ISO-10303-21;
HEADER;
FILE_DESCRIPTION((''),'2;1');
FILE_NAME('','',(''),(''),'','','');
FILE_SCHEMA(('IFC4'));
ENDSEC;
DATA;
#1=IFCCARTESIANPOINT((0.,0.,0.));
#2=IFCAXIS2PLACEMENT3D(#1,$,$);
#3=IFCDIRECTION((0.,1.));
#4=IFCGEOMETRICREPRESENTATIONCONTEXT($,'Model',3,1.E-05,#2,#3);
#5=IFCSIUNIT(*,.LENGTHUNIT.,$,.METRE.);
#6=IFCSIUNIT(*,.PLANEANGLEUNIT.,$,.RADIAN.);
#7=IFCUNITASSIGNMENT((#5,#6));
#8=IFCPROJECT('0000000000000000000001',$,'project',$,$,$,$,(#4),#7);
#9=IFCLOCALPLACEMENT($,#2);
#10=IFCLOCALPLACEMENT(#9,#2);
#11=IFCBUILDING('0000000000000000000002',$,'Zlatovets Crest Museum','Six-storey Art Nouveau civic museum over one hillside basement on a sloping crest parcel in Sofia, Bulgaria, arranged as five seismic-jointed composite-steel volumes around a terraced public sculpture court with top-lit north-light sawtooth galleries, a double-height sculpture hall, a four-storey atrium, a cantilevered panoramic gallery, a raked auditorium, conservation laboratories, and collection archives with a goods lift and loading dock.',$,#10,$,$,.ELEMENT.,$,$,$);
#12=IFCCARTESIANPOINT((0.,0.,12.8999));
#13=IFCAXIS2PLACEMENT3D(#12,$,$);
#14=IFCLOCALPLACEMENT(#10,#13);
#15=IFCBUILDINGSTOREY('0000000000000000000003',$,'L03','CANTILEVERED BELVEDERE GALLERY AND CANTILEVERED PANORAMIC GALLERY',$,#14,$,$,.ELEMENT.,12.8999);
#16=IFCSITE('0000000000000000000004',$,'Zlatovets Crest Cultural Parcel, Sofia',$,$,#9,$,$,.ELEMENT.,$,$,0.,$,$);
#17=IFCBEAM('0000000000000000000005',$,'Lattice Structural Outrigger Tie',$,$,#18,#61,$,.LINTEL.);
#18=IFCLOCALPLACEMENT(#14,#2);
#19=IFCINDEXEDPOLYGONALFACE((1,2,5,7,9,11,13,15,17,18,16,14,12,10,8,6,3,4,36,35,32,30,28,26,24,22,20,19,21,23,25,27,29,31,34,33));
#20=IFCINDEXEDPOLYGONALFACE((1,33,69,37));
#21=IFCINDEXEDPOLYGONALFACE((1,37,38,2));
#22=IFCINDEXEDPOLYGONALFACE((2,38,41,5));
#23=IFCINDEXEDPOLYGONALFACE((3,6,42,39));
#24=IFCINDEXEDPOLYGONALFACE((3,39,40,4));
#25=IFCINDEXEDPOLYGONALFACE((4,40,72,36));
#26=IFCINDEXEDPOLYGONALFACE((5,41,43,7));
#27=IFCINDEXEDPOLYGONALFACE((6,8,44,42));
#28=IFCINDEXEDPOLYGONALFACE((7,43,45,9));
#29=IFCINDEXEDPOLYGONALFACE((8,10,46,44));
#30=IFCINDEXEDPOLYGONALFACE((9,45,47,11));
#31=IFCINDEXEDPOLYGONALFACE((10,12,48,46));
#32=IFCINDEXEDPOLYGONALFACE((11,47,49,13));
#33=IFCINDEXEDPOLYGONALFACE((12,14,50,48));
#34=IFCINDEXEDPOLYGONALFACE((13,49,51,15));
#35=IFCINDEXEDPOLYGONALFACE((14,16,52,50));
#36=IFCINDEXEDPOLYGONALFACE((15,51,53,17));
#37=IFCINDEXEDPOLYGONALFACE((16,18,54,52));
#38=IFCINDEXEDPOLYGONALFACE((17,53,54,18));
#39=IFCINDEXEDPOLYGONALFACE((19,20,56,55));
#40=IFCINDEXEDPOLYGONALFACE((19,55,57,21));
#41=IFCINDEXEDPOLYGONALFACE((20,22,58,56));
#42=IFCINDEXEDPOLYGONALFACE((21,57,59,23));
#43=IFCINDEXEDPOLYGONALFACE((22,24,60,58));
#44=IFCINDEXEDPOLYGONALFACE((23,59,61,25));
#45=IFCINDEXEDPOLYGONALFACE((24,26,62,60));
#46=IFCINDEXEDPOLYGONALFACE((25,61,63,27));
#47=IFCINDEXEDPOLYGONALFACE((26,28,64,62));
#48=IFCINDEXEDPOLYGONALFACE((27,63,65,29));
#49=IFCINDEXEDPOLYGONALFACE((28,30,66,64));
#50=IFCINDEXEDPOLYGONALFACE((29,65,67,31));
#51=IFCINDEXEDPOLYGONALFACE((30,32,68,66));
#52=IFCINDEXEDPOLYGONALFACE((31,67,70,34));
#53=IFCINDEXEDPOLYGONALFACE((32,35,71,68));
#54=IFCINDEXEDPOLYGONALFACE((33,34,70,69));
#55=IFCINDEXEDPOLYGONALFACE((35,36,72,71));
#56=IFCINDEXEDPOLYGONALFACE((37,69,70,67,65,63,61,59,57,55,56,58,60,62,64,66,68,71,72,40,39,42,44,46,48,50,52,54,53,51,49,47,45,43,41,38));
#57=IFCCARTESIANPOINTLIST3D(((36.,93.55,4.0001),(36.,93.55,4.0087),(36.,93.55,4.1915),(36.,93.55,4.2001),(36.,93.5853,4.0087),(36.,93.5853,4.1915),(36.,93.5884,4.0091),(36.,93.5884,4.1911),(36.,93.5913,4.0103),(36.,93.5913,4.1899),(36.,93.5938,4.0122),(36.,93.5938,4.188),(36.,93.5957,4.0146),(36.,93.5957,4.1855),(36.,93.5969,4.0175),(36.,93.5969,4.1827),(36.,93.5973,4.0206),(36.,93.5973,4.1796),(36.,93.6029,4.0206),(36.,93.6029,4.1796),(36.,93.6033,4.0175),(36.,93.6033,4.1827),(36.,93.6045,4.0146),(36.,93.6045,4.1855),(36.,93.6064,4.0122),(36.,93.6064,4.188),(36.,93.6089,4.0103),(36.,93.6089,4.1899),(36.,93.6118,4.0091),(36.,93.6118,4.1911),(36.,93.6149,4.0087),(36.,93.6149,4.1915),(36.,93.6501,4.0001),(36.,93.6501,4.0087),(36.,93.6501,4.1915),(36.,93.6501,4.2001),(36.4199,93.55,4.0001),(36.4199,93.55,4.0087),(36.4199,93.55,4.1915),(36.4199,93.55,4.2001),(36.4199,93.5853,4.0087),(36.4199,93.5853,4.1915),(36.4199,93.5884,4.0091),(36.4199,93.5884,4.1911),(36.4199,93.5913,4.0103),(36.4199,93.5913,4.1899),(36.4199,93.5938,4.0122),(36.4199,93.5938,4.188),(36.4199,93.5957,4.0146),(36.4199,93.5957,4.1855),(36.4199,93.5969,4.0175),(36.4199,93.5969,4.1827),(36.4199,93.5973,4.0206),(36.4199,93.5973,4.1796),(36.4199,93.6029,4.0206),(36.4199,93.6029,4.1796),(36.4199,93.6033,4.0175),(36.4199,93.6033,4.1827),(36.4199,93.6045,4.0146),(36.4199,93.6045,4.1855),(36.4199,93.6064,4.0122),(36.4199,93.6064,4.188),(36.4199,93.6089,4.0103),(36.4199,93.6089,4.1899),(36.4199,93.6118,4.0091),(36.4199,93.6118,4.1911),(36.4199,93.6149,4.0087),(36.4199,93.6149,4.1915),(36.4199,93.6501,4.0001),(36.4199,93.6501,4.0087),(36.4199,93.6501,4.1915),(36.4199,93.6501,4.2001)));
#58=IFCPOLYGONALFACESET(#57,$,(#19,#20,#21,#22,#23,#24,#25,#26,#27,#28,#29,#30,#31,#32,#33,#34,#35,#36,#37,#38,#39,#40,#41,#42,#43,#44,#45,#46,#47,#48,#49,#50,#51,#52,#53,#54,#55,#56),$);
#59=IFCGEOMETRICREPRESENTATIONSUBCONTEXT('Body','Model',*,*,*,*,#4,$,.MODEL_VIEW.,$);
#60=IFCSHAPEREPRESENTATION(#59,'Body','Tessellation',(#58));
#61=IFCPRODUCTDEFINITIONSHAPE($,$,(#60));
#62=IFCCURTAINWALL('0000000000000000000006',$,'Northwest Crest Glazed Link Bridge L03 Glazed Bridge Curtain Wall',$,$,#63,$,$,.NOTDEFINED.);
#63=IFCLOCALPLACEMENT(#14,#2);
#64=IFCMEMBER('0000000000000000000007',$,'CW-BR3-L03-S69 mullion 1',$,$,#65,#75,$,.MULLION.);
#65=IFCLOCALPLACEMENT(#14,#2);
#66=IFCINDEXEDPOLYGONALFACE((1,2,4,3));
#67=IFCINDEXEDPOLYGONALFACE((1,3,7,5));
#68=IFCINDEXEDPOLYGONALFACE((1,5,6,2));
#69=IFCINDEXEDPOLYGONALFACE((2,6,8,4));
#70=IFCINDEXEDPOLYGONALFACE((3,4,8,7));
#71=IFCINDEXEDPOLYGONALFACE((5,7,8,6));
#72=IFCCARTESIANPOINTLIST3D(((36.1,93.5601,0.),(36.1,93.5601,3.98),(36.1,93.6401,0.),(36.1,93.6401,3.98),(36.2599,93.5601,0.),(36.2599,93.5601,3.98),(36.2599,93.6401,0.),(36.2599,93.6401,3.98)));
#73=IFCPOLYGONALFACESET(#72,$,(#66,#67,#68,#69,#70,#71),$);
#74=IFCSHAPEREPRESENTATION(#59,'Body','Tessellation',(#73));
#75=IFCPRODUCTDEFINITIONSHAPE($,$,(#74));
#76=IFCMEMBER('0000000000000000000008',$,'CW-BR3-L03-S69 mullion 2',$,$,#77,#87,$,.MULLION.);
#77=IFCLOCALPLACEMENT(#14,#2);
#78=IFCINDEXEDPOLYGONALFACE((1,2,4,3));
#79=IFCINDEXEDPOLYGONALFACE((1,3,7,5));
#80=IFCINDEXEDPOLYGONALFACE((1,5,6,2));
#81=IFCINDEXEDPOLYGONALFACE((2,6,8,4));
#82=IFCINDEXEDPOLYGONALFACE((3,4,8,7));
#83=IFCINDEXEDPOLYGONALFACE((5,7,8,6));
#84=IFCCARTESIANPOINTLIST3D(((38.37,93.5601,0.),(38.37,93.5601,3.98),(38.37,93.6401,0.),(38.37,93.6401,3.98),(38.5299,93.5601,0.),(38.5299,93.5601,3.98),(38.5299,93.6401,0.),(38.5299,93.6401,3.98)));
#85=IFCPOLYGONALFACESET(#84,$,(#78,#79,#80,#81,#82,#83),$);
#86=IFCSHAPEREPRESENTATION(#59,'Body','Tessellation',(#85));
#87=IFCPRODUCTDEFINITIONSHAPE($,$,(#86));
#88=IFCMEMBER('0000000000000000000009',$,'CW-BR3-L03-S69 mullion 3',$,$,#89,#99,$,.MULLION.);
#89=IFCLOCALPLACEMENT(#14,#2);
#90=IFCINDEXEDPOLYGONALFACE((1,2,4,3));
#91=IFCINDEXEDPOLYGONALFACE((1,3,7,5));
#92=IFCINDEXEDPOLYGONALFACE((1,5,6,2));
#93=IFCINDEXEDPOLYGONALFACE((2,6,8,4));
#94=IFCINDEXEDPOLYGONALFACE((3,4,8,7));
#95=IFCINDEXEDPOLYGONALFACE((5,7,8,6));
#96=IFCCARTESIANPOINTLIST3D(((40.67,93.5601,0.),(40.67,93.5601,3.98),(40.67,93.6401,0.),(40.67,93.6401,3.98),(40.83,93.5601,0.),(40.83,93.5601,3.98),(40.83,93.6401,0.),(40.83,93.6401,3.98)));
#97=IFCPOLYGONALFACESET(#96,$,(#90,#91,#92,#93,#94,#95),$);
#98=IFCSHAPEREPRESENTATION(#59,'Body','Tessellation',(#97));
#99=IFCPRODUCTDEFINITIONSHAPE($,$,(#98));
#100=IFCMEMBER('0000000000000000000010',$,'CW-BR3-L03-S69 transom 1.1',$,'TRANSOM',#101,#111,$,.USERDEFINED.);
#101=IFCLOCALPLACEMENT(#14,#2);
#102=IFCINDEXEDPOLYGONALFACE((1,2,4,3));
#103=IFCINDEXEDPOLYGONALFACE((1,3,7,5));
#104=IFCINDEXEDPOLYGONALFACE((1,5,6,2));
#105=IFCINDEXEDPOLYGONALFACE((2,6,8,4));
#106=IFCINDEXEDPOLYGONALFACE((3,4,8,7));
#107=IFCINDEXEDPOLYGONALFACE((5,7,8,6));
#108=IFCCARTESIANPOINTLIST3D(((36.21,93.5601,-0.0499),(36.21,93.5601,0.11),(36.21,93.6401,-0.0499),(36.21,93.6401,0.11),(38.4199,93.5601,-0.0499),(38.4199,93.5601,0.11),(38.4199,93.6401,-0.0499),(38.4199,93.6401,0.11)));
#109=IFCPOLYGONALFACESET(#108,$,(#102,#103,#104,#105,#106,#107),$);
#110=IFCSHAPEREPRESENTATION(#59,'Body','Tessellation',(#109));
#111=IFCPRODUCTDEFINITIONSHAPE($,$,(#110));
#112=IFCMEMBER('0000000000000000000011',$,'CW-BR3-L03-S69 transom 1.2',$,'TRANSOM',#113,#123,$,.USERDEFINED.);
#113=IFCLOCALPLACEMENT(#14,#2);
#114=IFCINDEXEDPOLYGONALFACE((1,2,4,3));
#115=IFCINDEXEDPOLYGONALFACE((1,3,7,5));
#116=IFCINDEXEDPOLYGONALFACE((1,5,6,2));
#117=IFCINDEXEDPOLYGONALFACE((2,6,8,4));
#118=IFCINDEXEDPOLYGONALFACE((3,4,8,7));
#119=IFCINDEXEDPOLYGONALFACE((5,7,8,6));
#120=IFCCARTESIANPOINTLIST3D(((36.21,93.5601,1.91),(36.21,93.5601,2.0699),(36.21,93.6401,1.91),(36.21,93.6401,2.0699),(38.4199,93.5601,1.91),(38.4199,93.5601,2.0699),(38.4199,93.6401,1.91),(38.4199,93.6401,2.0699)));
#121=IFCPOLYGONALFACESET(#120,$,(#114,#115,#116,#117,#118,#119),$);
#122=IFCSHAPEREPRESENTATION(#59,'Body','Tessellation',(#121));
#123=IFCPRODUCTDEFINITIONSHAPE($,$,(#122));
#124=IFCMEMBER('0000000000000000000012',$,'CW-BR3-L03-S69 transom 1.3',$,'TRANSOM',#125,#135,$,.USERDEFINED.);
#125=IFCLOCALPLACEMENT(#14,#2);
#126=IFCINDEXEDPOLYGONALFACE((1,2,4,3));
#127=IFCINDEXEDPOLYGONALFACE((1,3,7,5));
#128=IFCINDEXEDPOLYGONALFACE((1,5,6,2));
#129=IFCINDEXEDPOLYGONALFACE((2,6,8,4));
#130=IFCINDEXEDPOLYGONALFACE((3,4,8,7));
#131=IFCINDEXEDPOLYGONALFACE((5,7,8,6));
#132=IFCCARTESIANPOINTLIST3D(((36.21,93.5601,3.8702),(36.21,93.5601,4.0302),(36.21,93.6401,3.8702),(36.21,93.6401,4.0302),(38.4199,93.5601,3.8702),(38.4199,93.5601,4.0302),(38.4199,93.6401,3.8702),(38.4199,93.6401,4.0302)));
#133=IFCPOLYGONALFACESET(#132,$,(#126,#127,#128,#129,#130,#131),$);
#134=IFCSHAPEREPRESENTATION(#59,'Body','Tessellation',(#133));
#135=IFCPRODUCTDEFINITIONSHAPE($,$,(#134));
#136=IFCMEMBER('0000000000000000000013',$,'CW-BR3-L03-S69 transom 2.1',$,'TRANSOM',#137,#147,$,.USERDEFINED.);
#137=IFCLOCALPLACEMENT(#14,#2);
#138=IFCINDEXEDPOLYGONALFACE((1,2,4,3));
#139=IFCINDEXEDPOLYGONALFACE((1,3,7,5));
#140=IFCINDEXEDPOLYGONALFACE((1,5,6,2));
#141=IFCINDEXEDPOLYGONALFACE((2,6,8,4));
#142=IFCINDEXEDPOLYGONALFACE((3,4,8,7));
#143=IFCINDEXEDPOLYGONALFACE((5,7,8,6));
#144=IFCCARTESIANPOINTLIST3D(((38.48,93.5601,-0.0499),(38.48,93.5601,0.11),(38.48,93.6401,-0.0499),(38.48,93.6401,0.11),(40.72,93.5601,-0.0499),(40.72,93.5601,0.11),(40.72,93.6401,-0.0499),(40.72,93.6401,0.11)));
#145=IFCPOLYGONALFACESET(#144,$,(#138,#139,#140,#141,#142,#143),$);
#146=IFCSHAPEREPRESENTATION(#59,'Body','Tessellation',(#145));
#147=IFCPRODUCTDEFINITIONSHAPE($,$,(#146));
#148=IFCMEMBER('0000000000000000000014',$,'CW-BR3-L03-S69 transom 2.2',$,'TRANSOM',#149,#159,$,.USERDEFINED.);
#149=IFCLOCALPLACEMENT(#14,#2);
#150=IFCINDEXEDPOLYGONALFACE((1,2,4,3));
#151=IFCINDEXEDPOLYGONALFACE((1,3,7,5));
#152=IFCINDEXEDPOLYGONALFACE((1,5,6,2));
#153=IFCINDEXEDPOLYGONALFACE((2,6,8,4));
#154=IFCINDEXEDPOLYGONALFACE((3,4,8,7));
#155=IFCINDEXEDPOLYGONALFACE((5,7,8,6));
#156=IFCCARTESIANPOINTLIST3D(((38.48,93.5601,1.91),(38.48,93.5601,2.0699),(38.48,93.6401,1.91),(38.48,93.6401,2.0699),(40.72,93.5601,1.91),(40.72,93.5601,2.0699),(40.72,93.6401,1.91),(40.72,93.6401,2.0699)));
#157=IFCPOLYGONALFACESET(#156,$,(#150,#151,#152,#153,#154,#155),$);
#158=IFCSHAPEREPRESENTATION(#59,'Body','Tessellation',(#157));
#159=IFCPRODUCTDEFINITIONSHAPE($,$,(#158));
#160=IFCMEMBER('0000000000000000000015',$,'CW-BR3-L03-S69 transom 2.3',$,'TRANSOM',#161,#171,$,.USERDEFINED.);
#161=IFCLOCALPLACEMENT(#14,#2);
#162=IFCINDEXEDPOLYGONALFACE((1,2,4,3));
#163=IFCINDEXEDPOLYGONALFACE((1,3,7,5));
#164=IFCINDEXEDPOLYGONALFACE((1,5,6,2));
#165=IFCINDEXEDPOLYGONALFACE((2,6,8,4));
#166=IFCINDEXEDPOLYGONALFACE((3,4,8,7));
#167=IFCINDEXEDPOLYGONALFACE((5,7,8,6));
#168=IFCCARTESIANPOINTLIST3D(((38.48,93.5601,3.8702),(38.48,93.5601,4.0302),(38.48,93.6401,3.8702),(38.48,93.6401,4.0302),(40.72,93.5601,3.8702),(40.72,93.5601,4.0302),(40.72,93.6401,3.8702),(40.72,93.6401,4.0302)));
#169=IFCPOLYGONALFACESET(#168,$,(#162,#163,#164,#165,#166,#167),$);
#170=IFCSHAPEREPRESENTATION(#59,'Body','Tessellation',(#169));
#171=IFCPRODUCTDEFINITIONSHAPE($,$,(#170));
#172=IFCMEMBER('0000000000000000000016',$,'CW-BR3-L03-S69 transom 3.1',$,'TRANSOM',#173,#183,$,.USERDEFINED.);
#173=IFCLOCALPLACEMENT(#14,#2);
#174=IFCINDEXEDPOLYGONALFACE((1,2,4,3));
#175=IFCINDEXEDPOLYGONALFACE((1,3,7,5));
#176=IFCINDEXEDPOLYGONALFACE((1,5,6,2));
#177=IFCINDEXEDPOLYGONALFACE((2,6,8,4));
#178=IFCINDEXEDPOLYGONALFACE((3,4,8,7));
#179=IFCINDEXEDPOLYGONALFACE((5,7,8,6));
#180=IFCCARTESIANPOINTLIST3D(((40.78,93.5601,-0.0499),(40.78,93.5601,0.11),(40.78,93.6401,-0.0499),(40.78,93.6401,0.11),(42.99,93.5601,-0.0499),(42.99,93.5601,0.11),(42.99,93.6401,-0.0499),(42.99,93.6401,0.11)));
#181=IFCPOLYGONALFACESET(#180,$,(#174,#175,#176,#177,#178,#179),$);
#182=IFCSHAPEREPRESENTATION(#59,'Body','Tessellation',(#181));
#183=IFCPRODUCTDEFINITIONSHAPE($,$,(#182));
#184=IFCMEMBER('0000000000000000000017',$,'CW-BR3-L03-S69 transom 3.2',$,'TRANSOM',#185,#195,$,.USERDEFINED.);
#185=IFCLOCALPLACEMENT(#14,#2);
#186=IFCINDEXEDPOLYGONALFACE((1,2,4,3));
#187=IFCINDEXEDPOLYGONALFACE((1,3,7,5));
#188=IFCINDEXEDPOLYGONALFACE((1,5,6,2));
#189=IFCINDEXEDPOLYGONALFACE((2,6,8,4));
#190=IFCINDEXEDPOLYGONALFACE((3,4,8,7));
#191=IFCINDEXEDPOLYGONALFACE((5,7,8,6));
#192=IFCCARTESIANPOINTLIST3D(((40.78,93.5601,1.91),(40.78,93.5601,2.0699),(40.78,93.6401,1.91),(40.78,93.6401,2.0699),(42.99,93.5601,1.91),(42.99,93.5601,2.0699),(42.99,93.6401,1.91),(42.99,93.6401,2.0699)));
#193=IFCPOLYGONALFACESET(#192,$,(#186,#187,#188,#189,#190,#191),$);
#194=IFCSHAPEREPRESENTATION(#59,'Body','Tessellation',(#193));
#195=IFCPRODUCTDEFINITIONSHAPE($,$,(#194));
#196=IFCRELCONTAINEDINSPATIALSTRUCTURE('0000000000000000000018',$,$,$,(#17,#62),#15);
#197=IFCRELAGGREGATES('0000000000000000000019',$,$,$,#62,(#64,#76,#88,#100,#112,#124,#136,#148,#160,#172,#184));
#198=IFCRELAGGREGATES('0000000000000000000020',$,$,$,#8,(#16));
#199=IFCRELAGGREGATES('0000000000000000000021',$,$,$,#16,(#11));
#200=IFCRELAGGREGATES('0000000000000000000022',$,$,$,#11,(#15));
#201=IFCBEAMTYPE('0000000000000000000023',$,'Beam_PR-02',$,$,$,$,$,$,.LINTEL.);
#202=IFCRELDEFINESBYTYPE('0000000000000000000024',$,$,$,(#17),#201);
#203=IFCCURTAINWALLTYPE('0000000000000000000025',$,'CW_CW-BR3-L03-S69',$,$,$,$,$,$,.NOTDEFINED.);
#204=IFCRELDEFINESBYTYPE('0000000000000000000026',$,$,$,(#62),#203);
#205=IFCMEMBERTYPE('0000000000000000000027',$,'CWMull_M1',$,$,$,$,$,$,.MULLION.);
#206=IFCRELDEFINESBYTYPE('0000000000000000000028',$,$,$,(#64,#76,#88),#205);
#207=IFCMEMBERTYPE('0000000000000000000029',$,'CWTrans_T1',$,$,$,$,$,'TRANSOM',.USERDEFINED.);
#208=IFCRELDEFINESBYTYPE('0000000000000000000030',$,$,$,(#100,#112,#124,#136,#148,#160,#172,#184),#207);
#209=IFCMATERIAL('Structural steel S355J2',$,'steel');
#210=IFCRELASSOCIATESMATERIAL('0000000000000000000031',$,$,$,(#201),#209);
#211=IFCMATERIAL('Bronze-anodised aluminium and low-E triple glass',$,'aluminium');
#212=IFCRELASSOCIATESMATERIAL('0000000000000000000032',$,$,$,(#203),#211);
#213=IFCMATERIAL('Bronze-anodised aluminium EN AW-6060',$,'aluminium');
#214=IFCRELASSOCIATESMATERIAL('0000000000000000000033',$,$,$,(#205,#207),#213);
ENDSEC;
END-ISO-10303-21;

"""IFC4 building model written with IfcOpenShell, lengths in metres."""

from ifc_helpers import new_model, si_unit, direction, frame, origin, origin_2d, place, context, subcontext, project, spatial, rectangle, i_section, extrude, material, material_profile, profile_set, type_object, element, aggregate, save


model = new_model("IFC4")

# Units and contexts
model_context = context("Model", 3, precision=1e-05, world=origin(), true_north=direction((0.0, 1.0)))
body_context = subcontext(model_context, "Body", "Model", "MODEL_VIEW")
ifc_project = project(units=[si_unit("LENGTHUNIT", "METRE"), si_unit("PLANEANGLEUNIT", "RADIAN")], contexts=[model_context])

# Site, building, storey
site_placement = place(None, origin())
site = spatial("IfcSite", under=ifc_project, at=site_placement, Name="Zlatovets Crest Cultural Parcel, Sofia", CompositionType="ELEMENT", RefElevation=0.0)
building_placement = place(site_placement, origin())
building = spatial("IfcBuilding", under=site, at=building_placement, Name="Zlatovets Crest Museum", Description="Six-storey Art Nouveau civic museum over one hillside basement on a sloping crest parcel in Sofia, Bulgaria, arranged as five seismic-jointed composite-steel volumes around a terraced public sculpture court with top-lit north-light sawtooth galleries, a double-height sculpture hall, a four-storey atrium, a cantilevered panoramic gallery, a raked auditorium, conservation laboratories, and collection archives with a goods lift and loading dock.", CompositionType="ELEMENT")
storey_placement = place(building_placement, frame((0.0, 0.0, 12.8999)))
storey = spatial("IfcBuildingStorey", under=building, at=storey_placement, Name="L03", Description="CANTILEVERED BELVEDERE GALLERY AND CANTILEVERED PANORAMIC GALLERY", CompositionType="ELEMENT", Elevation=12.8999)

# Shared definitions
ifc_material_1 = material(Name="Structural steel S355J2", Category="steel")

# Beam
ifc_material_profile_1 = material_profile(ifc_material_1, i_section(OverallWidth=0.1001, OverallDepth=0.2, WebThickness=0.0056, FlangeThickness=0.0085, FilletRadius=0.012, at=origin_2d()), Name="IPE 200")
ifc_profile_set_1 = profile_set([ifc_material_profile_1], Name="Structural steel S355J2")
beam_type_1 = type_object("IfcBeamType", Name="Beam_PR-02", PredefinedType="LINTEL", material=ifc_profile_set_1)
for number, where, z_axis, x_axis, name in (
    (1, (36.0, 93.6001, 4.1001), (1.0, 0.0, 0.0), (0.0, 1.0, 0.0), "Lattice Structural Outrigger Tie"),
):
    element("IfcBeam", number, at=place(storey_placement, frame(where, z_axis=z_axis, x_axis=x_axis)), inside=storey, type_object=beam_type_1, Name=name, PredefinedType="LINTEL", context=body_context, shape_type="SweptSolid", body=[
        extrude(i_section(OverallWidth=0.1001, OverallDepth=0.2, WebThickness=0.0056, FlangeThickness=0.0085, FilletRadius=0.012, at=origin_2d()), origin(), (0.0, 0.0, 1.0), 0.4199),
    ])

# Curtain wall, members
ifc_material_2 = material(Name="Bronze-anodised aluminium and low-E triple glass", Category="aluminium")
curtain_wall_type = type_object("IfcCurtainWallType", Name="CW_CW-BR3-L03-S69", PredefinedType="NOTDEFINED", material=ifc_material_2)
curtain_wall_placement = place(storey_placement, origin())
curtain_wall = element("IfcCurtainWall", 2, at=curtain_wall_placement, inside=storey, type_object=curtain_wall_type, Name="Northwest Crest Glazed Link Bridge L03 Glazed Bridge Curtain Wall", PredefinedType="NOTDEFINED")
ifc_material_3 = material(Name="Bronze-anodised aluminium EN AW-6060", Category="aluminium")
ifc_material_profile_2 = material_profile(ifc_material_3, rectangle(XDim=0.0801, YDim=0.1599, at=origin_2d()), Name="ALU 80x160")
ifc_profile_set_2 = profile_set([ifc_material_profile_2], Name="Bronze-anodised aluminium EN AW-6060")
member_type_1 = type_object("IfcMemberType", Name="CWMull_M1", PredefinedType="MULLION", material=ifc_profile_set_2)
member_1_placement = place(storey_placement, frame((36.1799, 93.6001, 0.0), z_axis=(0.0, 0.0, 1.0), x_axis=(0.0, 1.0, 0.0)))
member_1 = element("IfcMember", 3, at=member_1_placement, type_object=member_type_1, Name="CW-BR3-L03-S69 mullion 1", PredefinedType="MULLION", context=body_context, shape_type="SweptSolid", body=[
    extrude(rectangle(XDim=0.0801, YDim=0.1599, at=origin_2d()), origin(), (0.0, 0.0, 1.0), 3.98),
])
member_2_placement = place(storey_placement, frame((38.45, 93.6001, 0.0), z_axis=(0.0, 0.0, 1.0), x_axis=(0.0, 1.0, 0.0)))
member_2 = element("IfcMember", 4, at=member_2_placement, type_object=member_type_1, Name="CW-BR3-L03-S69 mullion 2", PredefinedType="MULLION", context=body_context, shape_type="SweptSolid", body=[
    extrude(rectangle(XDim=0.0801, YDim=0.1599, at=origin_2d()), origin(), (0.0, 0.0, 1.0), 3.98),
])
member_3_placement = place(storey_placement, frame((40.75, 93.6001, 0.0), z_axis=(0.0, 0.0, 1.0), x_axis=(0.0, 1.0, 0.0)))
member_3 = element("IfcMember", 5, at=member_3_placement, type_object=member_type_1, Name="CW-BR3-L03-S69 mullion 3", PredefinedType="MULLION", context=body_context, shape_type="SweptSolid", body=[
    extrude(rectangle(XDim=0.0801, YDim=0.1599, at=origin_2d()), origin(), (0.0, 0.0, 1.0), 3.98),
])
ifc_material_profile_3 = material_profile(ifc_material_3, rectangle(XDim=0.0801, YDim=0.1599, at=origin_2d()), Name="ALU 80x160")
ifc_profile_set_3 = profile_set([ifc_material_profile_3], Name="Bronze-anodised aluminium EN AW-6060")
member_type_2 = type_object("IfcMemberType", Name="CWTrans_T1", ElementType="TRANSOM", PredefinedType="USERDEFINED", material=ifc_profile_set_3)
member_4_placement = place(storey_placement, frame((36.21, 93.6001, 0.03), z_axis=(1.0, 0.0, 0.0), x_axis=(0.0, 1.0, 0.0)))
member_4 = element("IfcMember", 6, at=member_4_placement, type_object=member_type_2, Name="CW-BR3-L03-S69 transom 1.1", ObjectType="TRANSOM", PredefinedType="USERDEFINED", context=body_context, shape_type="SweptSolid", body=[
    extrude(rectangle(XDim=0.0801, YDim=0.1599, at=origin_2d()), origin(), (0.0, 0.0, 1.0), 2.21),
])
member_5_placement = place(storey_placement, frame((36.21, 93.6001, 1.99), z_axis=(1.0, 0.0, 0.0), x_axis=(0.0, 1.0, 0.0)))
member_5 = element("IfcMember", 7, at=member_5_placement, type_object=member_type_2, Name="CW-BR3-L03-S69 transom 1.2", ObjectType="TRANSOM", PredefinedType="USERDEFINED", context=body_context, shape_type="SweptSolid", body=[
    extrude(rectangle(XDim=0.0801, YDim=0.1599, at=origin_2d()), origin(), (0.0, 0.0, 1.0), 2.21),
])
member_6_placement = place(storey_placement, frame((36.21, 93.6001, 3.9502), z_axis=(1.0, 0.0, 0.0), x_axis=(0.0, 1.0, 0.0)))
member_6 = element("IfcMember", 8, at=member_6_placement, type_object=member_type_2, Name="CW-BR3-L03-S69 transom 1.3", ObjectType="TRANSOM", PredefinedType="USERDEFINED", context=body_context, shape_type="SweptSolid", body=[
    extrude(rectangle(XDim=0.0801, YDim=0.1599, at=origin_2d()), origin(), (0.0, 0.0, 1.0), 2.21),
])
member_7_placement = place(storey_placement, frame((38.48, 93.6001, 0.03), z_axis=(1.0, 0.0, 0.0), x_axis=(0.0, 1.0, 0.0)))
member_7 = element("IfcMember", 9, at=member_7_placement, type_object=member_type_2, Name="CW-BR3-L03-S69 transom 2.1", ObjectType="TRANSOM", PredefinedType="USERDEFINED", context=body_context, shape_type="SweptSolid", body=[
    extrude(rectangle(XDim=0.0801, YDim=0.1599, at=origin_2d()), origin(), (0.0, 0.0, 1.0), 2.24),
])
member_8_placement = place(storey_placement, frame((38.48, 93.6001, 1.99), z_axis=(1.0, 0.0, 0.0), x_axis=(0.0, 1.0, 0.0)))
member_8 = element("IfcMember", 10, at=member_8_placement, type_object=member_type_2, Name="CW-BR3-L03-S69 transom 2.2", ObjectType="TRANSOM", PredefinedType="USERDEFINED", context=body_context, shape_type="SweptSolid", body=[
    extrude(rectangle(XDim=0.0801, YDim=0.1599, at=origin_2d()), origin(), (0.0, 0.0, 1.0), 2.24),
])
member_9_placement = place(storey_placement, frame((38.48, 93.6001, 3.9502), z_axis=(1.0, 0.0, 0.0), x_axis=(0.0, 1.0, 0.0)))
member_9 = element("IfcMember", 11, at=member_9_placement, type_object=member_type_2, Name="CW-BR3-L03-S69 transom 2.3", ObjectType="TRANSOM", PredefinedType="USERDEFINED", context=body_context, shape_type="SweptSolid", body=[
    extrude(rectangle(XDim=0.0801, YDim=0.1599, at=origin_2d()), origin(), (0.0, 0.0, 1.0), 2.24),
])
member_10_placement = place(storey_placement, frame((40.78, 93.6001, 0.03), z_axis=(1.0, 0.0, 0.0), x_axis=(0.0, 1.0, 0.0)))
member_10 = element("IfcMember", 12, at=member_10_placement, type_object=member_type_2, Name="CW-BR3-L03-S69 transom 3.1", ObjectType="TRANSOM", PredefinedType="USERDEFINED", context=body_context, shape_type="SweptSolid", body=[
    extrude(rectangle(XDim=0.0801, YDim=0.1599, at=origin_2d()), origin(), (0.0, 0.0, 1.0), 2.21),
])
member_11_placement = place(storey_placement, frame((40.78, 93.6001, 1.99), z_axis=(1.0, 0.0, 0.0), x_axis=(0.0, 1.0, 0.0)))
member_11 = element("IfcMember", 13, at=member_11_placement, type_object=member_type_2, Name="CW-BR3-L03-S69 transom 3.2", ObjectType="TRANSOM", PredefinedType="USERDEFINED", context=body_context, shape_type="SweptSolid", body=[
    extrude(rectangle(XDim=0.0801, YDim=0.1599, at=origin_2d()), origin(), (0.0, 0.0, 1.0), 2.21),
])

aggregate(curtain_wall, [member_1, member_2, member_3, member_4, member_5, member_6, member_7, member_8, member_9, member_10, member_11])

save(model, "model.ifc")
